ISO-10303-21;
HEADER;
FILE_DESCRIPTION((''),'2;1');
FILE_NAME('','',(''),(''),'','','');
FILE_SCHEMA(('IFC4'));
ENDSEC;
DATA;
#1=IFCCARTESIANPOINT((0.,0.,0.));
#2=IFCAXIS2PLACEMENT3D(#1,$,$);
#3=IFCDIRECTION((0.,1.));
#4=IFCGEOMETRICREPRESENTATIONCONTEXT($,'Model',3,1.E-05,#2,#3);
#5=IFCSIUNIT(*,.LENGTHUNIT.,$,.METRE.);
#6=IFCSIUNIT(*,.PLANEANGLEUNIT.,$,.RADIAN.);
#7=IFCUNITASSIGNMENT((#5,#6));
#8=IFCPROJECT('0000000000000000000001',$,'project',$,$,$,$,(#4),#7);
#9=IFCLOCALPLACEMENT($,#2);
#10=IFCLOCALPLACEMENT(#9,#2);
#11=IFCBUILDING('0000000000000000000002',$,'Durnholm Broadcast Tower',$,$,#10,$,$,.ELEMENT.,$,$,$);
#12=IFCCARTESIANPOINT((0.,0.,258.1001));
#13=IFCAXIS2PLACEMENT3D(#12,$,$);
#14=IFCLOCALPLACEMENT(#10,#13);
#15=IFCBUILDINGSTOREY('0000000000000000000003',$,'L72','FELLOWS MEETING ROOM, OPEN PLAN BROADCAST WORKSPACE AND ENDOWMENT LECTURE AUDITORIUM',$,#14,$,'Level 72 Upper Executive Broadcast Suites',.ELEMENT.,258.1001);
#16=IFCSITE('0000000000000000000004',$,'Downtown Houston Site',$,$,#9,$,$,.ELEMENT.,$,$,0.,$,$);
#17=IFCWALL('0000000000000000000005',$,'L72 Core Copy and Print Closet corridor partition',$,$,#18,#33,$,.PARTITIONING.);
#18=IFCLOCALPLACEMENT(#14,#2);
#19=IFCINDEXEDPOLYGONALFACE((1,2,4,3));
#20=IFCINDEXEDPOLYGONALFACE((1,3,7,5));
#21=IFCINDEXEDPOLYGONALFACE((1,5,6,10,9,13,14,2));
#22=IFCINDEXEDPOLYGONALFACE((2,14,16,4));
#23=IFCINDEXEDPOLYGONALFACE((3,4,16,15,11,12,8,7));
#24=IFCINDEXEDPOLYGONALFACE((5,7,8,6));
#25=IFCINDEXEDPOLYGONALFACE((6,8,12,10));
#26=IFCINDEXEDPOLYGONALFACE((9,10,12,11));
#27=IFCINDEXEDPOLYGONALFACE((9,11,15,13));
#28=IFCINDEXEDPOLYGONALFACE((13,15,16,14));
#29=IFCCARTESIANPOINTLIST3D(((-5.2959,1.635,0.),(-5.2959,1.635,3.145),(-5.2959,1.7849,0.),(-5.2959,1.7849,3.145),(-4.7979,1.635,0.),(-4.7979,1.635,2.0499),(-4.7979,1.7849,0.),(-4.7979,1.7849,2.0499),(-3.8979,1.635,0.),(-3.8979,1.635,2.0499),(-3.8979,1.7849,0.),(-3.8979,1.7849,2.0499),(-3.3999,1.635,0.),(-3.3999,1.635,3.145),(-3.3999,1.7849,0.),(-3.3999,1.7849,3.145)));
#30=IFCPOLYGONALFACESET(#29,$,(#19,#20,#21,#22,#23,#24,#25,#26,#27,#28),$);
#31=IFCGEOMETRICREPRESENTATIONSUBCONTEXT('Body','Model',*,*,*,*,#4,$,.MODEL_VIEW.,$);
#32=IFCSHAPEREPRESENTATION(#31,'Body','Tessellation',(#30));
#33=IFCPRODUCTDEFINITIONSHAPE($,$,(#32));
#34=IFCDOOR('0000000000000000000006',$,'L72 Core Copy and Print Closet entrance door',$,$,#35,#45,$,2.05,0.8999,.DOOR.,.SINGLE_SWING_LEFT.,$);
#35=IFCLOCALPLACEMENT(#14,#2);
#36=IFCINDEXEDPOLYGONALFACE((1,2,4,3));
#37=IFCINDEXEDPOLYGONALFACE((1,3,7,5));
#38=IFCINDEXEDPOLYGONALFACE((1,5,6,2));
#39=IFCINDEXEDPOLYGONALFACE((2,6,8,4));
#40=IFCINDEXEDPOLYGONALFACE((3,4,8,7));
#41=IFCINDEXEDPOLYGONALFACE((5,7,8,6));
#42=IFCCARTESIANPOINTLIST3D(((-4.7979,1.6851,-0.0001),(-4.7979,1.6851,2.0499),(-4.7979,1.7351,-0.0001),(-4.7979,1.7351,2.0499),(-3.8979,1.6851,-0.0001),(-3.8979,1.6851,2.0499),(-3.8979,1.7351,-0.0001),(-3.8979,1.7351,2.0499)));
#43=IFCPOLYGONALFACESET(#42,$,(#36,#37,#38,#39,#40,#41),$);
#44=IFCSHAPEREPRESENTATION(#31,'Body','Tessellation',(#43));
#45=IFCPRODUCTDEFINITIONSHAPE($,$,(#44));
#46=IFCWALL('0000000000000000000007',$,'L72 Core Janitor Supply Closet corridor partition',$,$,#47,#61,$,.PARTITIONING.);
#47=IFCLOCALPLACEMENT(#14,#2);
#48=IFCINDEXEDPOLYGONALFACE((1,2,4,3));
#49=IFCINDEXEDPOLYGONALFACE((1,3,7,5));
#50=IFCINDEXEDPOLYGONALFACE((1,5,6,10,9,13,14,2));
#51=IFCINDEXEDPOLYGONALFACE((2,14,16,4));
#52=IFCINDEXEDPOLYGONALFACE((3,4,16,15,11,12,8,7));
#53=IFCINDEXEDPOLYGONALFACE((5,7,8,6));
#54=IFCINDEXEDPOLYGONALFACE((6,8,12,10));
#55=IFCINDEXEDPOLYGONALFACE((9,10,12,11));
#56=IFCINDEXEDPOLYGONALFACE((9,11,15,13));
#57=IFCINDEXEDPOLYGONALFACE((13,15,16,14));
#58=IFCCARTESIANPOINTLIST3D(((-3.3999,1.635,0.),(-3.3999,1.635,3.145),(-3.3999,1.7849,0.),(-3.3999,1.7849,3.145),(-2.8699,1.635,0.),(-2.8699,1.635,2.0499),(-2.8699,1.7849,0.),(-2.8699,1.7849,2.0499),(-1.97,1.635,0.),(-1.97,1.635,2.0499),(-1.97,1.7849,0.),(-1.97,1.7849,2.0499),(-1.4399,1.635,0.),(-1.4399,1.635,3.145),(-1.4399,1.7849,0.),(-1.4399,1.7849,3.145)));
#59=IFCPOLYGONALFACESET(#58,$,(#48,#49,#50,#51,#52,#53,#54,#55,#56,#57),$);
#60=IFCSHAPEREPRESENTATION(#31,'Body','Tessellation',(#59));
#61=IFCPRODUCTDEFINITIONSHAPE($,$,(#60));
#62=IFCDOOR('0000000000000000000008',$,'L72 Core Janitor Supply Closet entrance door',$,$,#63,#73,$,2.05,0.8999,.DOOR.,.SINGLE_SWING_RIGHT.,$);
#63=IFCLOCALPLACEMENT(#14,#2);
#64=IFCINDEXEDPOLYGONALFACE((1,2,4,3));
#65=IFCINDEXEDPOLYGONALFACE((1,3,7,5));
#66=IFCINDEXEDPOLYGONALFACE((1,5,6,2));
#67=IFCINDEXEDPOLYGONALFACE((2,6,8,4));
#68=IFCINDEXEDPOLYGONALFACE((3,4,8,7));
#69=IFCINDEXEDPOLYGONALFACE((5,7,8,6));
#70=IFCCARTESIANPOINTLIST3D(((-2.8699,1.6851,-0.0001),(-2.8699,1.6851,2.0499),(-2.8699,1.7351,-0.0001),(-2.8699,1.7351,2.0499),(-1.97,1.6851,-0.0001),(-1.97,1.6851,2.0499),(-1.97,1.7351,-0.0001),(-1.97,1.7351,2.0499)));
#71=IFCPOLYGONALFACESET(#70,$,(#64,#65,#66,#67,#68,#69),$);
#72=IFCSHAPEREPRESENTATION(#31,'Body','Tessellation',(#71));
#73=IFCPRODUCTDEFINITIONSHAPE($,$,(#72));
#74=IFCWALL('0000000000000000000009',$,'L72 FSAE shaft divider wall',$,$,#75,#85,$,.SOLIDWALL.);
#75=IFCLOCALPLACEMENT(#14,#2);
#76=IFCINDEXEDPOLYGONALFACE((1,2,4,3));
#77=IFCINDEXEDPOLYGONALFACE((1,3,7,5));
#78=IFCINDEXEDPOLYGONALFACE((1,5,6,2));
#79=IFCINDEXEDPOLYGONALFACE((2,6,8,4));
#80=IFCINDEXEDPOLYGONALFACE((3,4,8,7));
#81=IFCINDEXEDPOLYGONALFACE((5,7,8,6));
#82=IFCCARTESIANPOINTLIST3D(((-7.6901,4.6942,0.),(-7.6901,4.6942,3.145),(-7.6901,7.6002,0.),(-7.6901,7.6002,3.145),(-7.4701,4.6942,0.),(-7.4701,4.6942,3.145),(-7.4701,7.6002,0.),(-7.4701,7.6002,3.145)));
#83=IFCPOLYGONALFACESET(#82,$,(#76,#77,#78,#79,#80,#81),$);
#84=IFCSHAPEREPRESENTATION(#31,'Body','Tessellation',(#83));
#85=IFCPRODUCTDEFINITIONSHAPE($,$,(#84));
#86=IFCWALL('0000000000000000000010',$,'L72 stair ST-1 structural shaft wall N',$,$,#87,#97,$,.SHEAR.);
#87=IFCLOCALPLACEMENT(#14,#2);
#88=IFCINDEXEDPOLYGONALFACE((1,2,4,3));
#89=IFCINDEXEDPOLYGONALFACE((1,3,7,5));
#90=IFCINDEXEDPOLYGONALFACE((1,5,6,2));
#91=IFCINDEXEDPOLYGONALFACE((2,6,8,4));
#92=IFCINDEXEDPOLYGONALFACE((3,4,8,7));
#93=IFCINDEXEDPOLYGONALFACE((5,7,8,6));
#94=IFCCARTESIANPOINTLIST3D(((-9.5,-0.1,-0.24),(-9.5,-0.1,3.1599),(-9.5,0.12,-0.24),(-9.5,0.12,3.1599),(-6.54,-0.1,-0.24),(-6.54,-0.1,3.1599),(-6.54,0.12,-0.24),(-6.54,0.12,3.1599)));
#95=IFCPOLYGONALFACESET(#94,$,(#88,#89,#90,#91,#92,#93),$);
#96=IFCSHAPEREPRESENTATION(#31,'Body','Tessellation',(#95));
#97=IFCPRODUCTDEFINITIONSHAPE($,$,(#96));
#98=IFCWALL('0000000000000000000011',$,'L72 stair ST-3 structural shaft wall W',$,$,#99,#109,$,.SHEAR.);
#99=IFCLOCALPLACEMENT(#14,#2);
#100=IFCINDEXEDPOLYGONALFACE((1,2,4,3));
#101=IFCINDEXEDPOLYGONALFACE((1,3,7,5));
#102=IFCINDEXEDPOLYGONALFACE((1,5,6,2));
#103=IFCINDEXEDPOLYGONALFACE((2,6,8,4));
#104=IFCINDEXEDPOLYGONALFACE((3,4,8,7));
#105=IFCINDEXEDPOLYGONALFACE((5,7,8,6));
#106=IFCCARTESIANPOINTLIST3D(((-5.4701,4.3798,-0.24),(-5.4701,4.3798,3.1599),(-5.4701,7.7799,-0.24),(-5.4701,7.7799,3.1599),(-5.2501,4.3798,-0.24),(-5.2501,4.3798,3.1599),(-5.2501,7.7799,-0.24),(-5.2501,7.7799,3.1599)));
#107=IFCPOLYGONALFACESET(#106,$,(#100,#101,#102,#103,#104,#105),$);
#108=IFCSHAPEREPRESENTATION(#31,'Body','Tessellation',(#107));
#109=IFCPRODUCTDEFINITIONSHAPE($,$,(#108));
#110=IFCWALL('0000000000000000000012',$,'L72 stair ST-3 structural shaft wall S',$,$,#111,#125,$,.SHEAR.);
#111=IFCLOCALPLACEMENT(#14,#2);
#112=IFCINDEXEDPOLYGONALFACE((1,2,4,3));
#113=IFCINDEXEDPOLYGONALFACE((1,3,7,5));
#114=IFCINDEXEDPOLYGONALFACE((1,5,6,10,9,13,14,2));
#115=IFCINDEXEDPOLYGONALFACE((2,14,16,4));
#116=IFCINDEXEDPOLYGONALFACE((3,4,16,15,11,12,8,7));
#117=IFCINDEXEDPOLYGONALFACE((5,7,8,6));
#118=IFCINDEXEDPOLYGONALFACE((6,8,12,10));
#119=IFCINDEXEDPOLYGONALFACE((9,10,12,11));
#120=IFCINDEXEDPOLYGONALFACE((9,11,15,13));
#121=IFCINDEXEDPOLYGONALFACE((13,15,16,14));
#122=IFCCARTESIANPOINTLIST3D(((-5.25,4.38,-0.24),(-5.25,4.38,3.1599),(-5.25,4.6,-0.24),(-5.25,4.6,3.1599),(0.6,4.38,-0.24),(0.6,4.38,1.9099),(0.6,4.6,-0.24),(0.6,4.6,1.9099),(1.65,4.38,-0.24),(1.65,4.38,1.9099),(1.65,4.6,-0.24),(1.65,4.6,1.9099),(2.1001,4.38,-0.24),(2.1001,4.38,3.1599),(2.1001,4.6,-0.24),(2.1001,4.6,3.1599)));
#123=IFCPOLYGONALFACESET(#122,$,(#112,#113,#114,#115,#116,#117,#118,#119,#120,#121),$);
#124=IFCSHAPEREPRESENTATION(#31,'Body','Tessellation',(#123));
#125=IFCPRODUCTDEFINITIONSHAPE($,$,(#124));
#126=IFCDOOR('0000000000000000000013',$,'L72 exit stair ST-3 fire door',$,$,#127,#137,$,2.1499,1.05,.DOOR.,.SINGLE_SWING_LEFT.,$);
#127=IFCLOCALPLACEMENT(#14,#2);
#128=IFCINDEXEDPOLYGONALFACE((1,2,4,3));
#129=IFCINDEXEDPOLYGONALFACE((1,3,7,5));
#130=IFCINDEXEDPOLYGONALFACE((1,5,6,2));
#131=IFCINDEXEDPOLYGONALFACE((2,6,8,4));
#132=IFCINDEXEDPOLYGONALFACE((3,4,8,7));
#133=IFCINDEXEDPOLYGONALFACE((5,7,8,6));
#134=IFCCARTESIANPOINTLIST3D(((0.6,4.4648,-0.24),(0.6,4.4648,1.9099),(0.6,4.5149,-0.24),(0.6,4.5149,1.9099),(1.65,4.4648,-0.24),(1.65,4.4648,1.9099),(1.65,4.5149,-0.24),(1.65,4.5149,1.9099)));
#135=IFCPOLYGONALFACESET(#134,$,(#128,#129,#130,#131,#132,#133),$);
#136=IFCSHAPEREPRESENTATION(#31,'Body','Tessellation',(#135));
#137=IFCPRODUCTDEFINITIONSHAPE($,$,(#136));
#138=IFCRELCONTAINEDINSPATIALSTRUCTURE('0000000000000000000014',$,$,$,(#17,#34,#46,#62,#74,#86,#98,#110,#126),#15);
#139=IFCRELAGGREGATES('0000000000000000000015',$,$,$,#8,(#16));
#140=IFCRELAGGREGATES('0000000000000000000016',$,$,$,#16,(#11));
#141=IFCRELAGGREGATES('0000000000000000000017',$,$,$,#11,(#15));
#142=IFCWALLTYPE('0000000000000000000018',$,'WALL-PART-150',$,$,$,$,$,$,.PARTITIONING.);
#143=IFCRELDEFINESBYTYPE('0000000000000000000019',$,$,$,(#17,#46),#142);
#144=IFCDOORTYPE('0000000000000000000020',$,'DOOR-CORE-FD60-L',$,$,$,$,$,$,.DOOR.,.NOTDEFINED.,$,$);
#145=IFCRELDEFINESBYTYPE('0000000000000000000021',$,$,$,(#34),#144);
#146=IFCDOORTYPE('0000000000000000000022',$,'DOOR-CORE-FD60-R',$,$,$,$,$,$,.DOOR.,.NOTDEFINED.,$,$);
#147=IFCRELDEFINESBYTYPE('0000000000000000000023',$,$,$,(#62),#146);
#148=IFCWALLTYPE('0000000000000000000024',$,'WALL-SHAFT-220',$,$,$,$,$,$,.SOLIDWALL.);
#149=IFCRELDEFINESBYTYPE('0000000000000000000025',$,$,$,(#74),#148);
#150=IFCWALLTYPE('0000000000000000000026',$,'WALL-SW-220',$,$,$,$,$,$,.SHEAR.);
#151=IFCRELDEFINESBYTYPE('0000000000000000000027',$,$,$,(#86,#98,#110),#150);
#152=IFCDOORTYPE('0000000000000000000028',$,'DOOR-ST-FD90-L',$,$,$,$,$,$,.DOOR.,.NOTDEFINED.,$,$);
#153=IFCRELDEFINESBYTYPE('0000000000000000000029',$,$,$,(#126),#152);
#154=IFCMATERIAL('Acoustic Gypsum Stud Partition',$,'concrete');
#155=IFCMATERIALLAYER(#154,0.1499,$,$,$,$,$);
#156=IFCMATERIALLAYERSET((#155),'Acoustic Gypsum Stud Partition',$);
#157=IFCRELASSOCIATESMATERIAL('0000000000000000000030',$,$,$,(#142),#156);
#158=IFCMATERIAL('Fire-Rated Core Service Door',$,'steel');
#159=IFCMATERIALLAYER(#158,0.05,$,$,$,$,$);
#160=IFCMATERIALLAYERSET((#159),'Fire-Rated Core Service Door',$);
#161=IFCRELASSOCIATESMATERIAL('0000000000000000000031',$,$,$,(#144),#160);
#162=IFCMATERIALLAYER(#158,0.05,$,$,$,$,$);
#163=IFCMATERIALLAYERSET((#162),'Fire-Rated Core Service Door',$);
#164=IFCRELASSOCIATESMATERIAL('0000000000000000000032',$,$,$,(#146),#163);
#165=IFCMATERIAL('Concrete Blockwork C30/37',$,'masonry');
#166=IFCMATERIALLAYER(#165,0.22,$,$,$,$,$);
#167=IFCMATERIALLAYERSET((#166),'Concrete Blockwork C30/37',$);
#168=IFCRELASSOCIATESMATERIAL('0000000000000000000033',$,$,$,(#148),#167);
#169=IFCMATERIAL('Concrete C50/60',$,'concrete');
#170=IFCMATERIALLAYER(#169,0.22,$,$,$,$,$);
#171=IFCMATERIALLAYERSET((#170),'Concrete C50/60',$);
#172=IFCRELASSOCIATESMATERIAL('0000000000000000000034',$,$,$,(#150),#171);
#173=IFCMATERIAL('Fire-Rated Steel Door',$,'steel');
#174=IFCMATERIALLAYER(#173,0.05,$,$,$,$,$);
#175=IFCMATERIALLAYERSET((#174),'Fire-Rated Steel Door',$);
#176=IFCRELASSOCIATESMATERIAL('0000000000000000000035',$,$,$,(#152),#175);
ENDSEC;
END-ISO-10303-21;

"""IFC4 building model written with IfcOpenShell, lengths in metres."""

from ifc_helpers import new_model, si_unit, direction, frame, frame_2d, origin, place, context, subcontext, project, spatial, rectangle, extrude, source, transform, mapped, material, layer, layer_set, type_object, type_shapes, element, fill, save


model = new_model("IFC4")

# Units and contexts
model_context = context("Model", 3, precision=1e-05, world=origin(), true_north=direction((0.0, 1.0)))
body_context = subcontext(model_context, "Body", "Model", "MODEL_VIEW")
ifc_project = project(units=[si_unit("LENGTHUNIT", "METRE"), si_unit("PLANEANGLEUNIT", "RADIAN")], contexts=[model_context])

# Site, building, storey
site_placement = place(None, origin())
site = spatial("IfcSite", under=ifc_project, at=site_placement, Name="Downtown Houston Site", CompositionType="ELEMENT", RefElevation=0.0)
building_placement = place(site_placement, origin())
building = spatial("IfcBuilding", under=site, at=building_placement, Name="Durnholm Broadcast Tower", CompositionType="ELEMENT")
storey_placement = place(building_placement, frame((0.0, 0.0, 258.1001)))
storey = spatial("IfcBuildingStorey", under=building, at=storey_placement, Name="L72", Description="FELLOWS MEETING ROOM, OPEN PLAN BROADCAST WORKSPACE AND ENDOWMENT LECTURE AUDITORIUM", LongName="Level 72 Upper Executive Broadcast Suites", CompositionType="ELEMENT", Elevation=258.1001)

# Shared definitions
ifc_material_1 = material(Name="Concrete C50/60", Category="concrete")

# Walls, openings, doors
ifc_material_2 = material(Name="Acoustic Gypsum Stud Partition", Category="concrete")
ifc_layer_1 = layer(ifc_material_2, 0.1499)
ifc_layer_set_1 = layer_set([ifc_layer_1], Name="Acoustic Gypsum Stud Partition")
wall_type_1 = type_object("IfcWallType", Name="WALL-PART-150", PredefinedType="PARTITIONING", material=ifc_layer_set_1)
wall_1_placement = place(storey_placement, frame((-3.3999, 1.71, 0.0), z_axis=(0.0, 0.0, 1.0), x_axis=(-1.0, 0.0, 0.0)))
wall_1 = element("IfcWall", 1, at=wall_1_placement, inside=storey, type_object=wall_type_1, Name="L72 Core Copy and Print Closet corridor partition", PredefinedType="PARTITIONING", context=body_context, shape_type="SweptSolid", body=[
    extrude(rectangle(XDim=1.896, YDim=0.1499, at=frame_2d((0.948, 0.0))), origin(), (0.0, 0.0, 1.0), 3.145),
])
opening_1_placement = place(wall_1_placement, frame((0.498, 0.0, 0.0)))
opening_1 = element("IfcOpeningElement", 2, at=opening_1_placement, cuts=wall_1, PredefinedType="OPENING", context=body_context, shape_type="SweptSolid", body=[
    extrude(rectangle(XDim=0.8999, YDim=2.05, at=frame_2d((0.45, 1.0249))), frame((0.0, 0.085, 0.0), z_axis=(0.0, -1.0, 0.0), x_axis=(1.0, 0.0, 0.0)), (0.0, 0.0, 1.0), 0.1699),
])
ifc_material_3 = material(Name="Fire-Rated Core Service Door", Category="steel")
ifc_layer_2 = layer(ifc_material_3, 0.05)
ifc_layer_set_2 = layer_set([ifc_layer_2], Name="Fire-Rated Core Service Door")
door_type_1 = type_object("IfcDoorType", Name="DOOR-CORE-FD60-L", OperationType="NOTDEFINED", PredefinedType="DOOR", material=ifc_layer_set_2)
shared_shape_1 = source(origin(), body_context, "Body", "SweptSolid", [
    extrude(rectangle(XDim=0.8999, YDim=2.05, at=frame_2d((0.45, 1.0249))), frame((0.0, 0.0249, 0.0), z_axis=(0.0, -1.0, 0.0), x_axis=(1.0, 0.0, 0.0)), (0.0, 0.0, 1.0), 0.05),
])
type_shapes(door_type_1, [shared_shape_1])
door_1_placement = place(opening_1_placement, origin())
door_1 = element("IfcDoor", 3, at=door_1_placement, inside=storey, type_object=door_type_1, Name="L72 Core Copy and Print Closet entrance door", OperationType="SINGLE_SWING_LEFT", OverallHeight=2.05, OverallWidth=0.8999, PredefinedType="DOOR", context=body_context, shape_type="MappedRepresentation", body=[
    mapped(shared_shape_1, transform((0.0, 0.0, 0.0), x_axis=(1.0, 0.0, 0.0), y_axis=(0.0, 1.0, 0.0), z_axis=(0.0, 0.0, 1.0), scale=1.0)),
])
fill(opening_1, door_1)
wall_2_placement = place(storey_placement, frame((-1.4399, 1.71, 0.0), z_axis=(0.0, 0.0, 1.0), x_axis=(-1.0, 0.0, 0.0)))
wall_2 = element("IfcWall", 4, at=wall_2_placement, inside=storey, type_object=wall_type_1, Name="L72 Core Janitor Supply Closet corridor partition", PredefinedType="PARTITIONING", context=body_context, shape_type="SweptSolid", body=[
    extrude(rectangle(XDim=1.96, YDim=0.1499, at=frame_2d((0.98, 0.0))), origin(), (0.0, 0.0, 1.0), 3.145),
])
opening_2_placement = place(wall_2_placement, frame((0.53, 0.0, 0.0)))
opening_2 = element("IfcOpeningElement", 5, at=opening_2_placement, cuts=wall_2, PredefinedType="OPENING", context=body_context, shape_type="SweptSolid", body=[
    extrude(rectangle(XDim=0.8999, YDim=2.05, at=frame_2d((0.45, 1.0249))), frame((0.0, 0.085, 0.0), z_axis=(0.0, -1.0, 0.0), x_axis=(1.0, 0.0, 0.0)), (0.0, 0.0, 1.0), 0.1699),
])
ifc_layer_3 = layer(ifc_material_3, 0.05)
ifc_layer_set_3 = layer_set([ifc_layer_3], Name="Fire-Rated Core Service Door")
door_type_2 = type_object("IfcDoorType", Name="DOOR-CORE-FD60-R", OperationType="NOTDEFINED", PredefinedType="DOOR", material=ifc_layer_set_3)
shared_shape_2 = source(origin(), body_context, "Body", "SweptSolid", [
    extrude(rectangle(XDim=0.8999, YDim=2.05, at=frame_2d((0.45, 1.0249))), frame((0.0, 0.0249, 0.0), z_axis=(0.0, -1.0, 0.0), x_axis=(1.0, 0.0, 0.0)), (0.0, 0.0, 1.0), 0.05),
])
type_shapes(door_type_2, [shared_shape_2])
door_2_placement = place(opening_2_placement, origin())
door_2 = element("IfcDoor", 6, at=door_2_placement, inside=storey, type_object=door_type_2, Name="L72 Core Janitor Supply Closet entrance door", OperationType="SINGLE_SWING_RIGHT", OverallHeight=2.05, OverallWidth=0.8999, PredefinedType="DOOR", context=body_context, shape_type="MappedRepresentation", body=[
    mapped(shared_shape_2, transform((0.0, 0.0, 0.0), x_axis=(1.0, 0.0, 0.0), y_axis=(0.0, 1.0, 0.0), z_axis=(0.0, 0.0, 1.0), scale=1.0)),
])
fill(opening_2, door_2)

# Walls
ifc_material_4 = material(Name="Concrete Blockwork C30/37", Category="masonry")
ifc_layer_4 = layer(ifc_material_4, 0.22)
ifc_layer_set_4 = layer_set([ifc_layer_4], Name="Concrete Blockwork C30/37")
wall_type_2 = type_object("IfcWallType", Name="WALL-SHAFT-220", PredefinedType="SOLIDWALL", material=ifc_layer_set_4)
wall_3_placement = place(storey_placement, frame((-7.5801, 4.6941, 0.0), z_axis=(0.0, 0.0, 1.0), x_axis=(0.0, 1.0, 0.0)))
element("IfcWall", 7, at=wall_3_placement, inside=storey, type_object=wall_type_2, Name="L72 FSAE shaft divider wall", PredefinedType="SOLIDWALL", context=body_context, shape_type="SweptSolid", body=[
    extrude(rectangle(XDim=2.906, YDim=0.22, at=frame_2d((1.4531, 0.0))), origin(), (0.0, 0.0, 1.0), 3.145),
])
ifc_layer_5 = layer(ifc_material_1, 0.22)
ifc_layer_set_5 = layer_set([ifc_layer_5], Name="Concrete C50/60")
wall_type_3 = type_object("IfcWallType", Name="WALL-SW-220", PredefinedType="SHEAR", material=ifc_layer_set_5)
wall_4_placement = place(storey_placement, frame((-6.54, 0.01, -0.24), z_axis=(0.0, 0.0, 1.0), x_axis=(-1.0, 0.0, 0.0)))
element("IfcWall", 8, at=wall_4_placement, inside=storey, type_object=wall_type_3, Name="L72 stair ST-1 structural shaft wall N", PredefinedType="SHEAR", context=body_context, shape_type="SweptSolid", body=[
    extrude(rectangle(XDim=2.96, YDim=0.22, at=frame_2d((1.48, 0.0))), origin(), (0.0, 0.0, 1.0), 3.3999),
])
wall_5_placement = place(storey_placement, frame((-5.3601, 7.78, -0.24), z_axis=(0.0, 0.0, 1.0), x_axis=(0.0, -1.0, 0.0)))
element("IfcWall", 9, at=wall_5_placement, inside=storey, type_object=wall_type_3, Name="L72 stair ST-3 structural shaft wall W", PredefinedType="SHEAR", context=body_context, shape_type="SweptSolid", body=[
    extrude(rectangle(XDim=3.4001, YDim=0.22, at=frame_2d((1.7002, 0.0))), origin(), (0.0, 0.0, 1.0), 3.3999),
])

# Wall, opening, door
wall_6_placement = place(storey_placement, frame((-5.25, 4.49, -0.24), z_axis=(0.0, 0.0, 1.0), x_axis=(1.0, 0.0, 0.0)))
wall_6 = element("IfcWall", 10, at=wall_6_placement, inside=storey, type_object=wall_type_3, Name="L72 stair ST-3 structural shaft wall S", PredefinedType="SHEAR", context=body_context, shape_type="SweptSolid", body=[
    extrude(rectangle(XDim=7.3501, YDim=0.22, at=frame_2d((3.675, 0.0))), origin(), (0.0, 0.0, 1.0), 3.3999),
])
opening_3_placement = place(wall_6_placement, frame((5.8501, 0.0, 0.0)))
opening_3 = element("IfcOpeningElement", 11, at=opening_3_placement, cuts=wall_6, PredefinedType="OPENING", context=body_context, shape_type="SweptSolid", body=[
    extrude(rectangle(XDim=1.05, YDim=2.1499, at=frame_2d((0.5249, 1.075))), frame((0.0, 0.1201, 0.0), z_axis=(0.0, -1.0, 0.0), x_axis=(1.0, 0.0, 0.0)), (0.0, 0.0, 1.0), 0.24),
])
ifc_material_5 = material(Name="Fire-Rated Steel Door", Category="steel")
ifc_layer_6 = layer(ifc_material_5, 0.05)
ifc_layer_set_6 = layer_set([ifc_layer_6], Name="Fire-Rated Steel Door")
door_type_3 = type_object("IfcDoorType", Name="DOOR-ST-FD90-L", OperationType="NOTDEFINED", PredefinedType="DOOR", material=ifc_layer_set_6)
shared_shape_3 = source(origin(), body_context, "Body", "SweptSolid", [
    extrude(rectangle(XDim=1.05, YDim=2.1499, at=frame_2d((0.5249, 1.075))), frame((0.0, 0.0249, 0.0), z_axis=(0.0, -1.0, 0.0), x_axis=(1.0, 0.0, 0.0)), (0.0, 0.0, 1.0), 0.05),
])
type_shapes(door_type_3, [shared_shape_3])
door_3_placement = place(opening_3_placement, origin())
door_3 = element("IfcDoor", 12, at=door_3_placement, inside=storey, type_object=door_type_3, Name="L72 exit stair ST-3 fire door", OperationType="SINGLE_SWING_LEFT", OverallHeight=2.1499, OverallWidth=1.05, PredefinedType="DOOR", context=body_context, shape_type="MappedRepresentation", body=[
    mapped(shared_shape_3, transform((0.0, 0.0, 0.0), x_axis=(1.0, 0.0, 0.0), y_axis=(0.0, 1.0, 0.0), z_axis=(0.0, 0.0, 1.0), scale=1.0)),
])
fill(opening_3, door_3)

save(model, "model.ifc")
